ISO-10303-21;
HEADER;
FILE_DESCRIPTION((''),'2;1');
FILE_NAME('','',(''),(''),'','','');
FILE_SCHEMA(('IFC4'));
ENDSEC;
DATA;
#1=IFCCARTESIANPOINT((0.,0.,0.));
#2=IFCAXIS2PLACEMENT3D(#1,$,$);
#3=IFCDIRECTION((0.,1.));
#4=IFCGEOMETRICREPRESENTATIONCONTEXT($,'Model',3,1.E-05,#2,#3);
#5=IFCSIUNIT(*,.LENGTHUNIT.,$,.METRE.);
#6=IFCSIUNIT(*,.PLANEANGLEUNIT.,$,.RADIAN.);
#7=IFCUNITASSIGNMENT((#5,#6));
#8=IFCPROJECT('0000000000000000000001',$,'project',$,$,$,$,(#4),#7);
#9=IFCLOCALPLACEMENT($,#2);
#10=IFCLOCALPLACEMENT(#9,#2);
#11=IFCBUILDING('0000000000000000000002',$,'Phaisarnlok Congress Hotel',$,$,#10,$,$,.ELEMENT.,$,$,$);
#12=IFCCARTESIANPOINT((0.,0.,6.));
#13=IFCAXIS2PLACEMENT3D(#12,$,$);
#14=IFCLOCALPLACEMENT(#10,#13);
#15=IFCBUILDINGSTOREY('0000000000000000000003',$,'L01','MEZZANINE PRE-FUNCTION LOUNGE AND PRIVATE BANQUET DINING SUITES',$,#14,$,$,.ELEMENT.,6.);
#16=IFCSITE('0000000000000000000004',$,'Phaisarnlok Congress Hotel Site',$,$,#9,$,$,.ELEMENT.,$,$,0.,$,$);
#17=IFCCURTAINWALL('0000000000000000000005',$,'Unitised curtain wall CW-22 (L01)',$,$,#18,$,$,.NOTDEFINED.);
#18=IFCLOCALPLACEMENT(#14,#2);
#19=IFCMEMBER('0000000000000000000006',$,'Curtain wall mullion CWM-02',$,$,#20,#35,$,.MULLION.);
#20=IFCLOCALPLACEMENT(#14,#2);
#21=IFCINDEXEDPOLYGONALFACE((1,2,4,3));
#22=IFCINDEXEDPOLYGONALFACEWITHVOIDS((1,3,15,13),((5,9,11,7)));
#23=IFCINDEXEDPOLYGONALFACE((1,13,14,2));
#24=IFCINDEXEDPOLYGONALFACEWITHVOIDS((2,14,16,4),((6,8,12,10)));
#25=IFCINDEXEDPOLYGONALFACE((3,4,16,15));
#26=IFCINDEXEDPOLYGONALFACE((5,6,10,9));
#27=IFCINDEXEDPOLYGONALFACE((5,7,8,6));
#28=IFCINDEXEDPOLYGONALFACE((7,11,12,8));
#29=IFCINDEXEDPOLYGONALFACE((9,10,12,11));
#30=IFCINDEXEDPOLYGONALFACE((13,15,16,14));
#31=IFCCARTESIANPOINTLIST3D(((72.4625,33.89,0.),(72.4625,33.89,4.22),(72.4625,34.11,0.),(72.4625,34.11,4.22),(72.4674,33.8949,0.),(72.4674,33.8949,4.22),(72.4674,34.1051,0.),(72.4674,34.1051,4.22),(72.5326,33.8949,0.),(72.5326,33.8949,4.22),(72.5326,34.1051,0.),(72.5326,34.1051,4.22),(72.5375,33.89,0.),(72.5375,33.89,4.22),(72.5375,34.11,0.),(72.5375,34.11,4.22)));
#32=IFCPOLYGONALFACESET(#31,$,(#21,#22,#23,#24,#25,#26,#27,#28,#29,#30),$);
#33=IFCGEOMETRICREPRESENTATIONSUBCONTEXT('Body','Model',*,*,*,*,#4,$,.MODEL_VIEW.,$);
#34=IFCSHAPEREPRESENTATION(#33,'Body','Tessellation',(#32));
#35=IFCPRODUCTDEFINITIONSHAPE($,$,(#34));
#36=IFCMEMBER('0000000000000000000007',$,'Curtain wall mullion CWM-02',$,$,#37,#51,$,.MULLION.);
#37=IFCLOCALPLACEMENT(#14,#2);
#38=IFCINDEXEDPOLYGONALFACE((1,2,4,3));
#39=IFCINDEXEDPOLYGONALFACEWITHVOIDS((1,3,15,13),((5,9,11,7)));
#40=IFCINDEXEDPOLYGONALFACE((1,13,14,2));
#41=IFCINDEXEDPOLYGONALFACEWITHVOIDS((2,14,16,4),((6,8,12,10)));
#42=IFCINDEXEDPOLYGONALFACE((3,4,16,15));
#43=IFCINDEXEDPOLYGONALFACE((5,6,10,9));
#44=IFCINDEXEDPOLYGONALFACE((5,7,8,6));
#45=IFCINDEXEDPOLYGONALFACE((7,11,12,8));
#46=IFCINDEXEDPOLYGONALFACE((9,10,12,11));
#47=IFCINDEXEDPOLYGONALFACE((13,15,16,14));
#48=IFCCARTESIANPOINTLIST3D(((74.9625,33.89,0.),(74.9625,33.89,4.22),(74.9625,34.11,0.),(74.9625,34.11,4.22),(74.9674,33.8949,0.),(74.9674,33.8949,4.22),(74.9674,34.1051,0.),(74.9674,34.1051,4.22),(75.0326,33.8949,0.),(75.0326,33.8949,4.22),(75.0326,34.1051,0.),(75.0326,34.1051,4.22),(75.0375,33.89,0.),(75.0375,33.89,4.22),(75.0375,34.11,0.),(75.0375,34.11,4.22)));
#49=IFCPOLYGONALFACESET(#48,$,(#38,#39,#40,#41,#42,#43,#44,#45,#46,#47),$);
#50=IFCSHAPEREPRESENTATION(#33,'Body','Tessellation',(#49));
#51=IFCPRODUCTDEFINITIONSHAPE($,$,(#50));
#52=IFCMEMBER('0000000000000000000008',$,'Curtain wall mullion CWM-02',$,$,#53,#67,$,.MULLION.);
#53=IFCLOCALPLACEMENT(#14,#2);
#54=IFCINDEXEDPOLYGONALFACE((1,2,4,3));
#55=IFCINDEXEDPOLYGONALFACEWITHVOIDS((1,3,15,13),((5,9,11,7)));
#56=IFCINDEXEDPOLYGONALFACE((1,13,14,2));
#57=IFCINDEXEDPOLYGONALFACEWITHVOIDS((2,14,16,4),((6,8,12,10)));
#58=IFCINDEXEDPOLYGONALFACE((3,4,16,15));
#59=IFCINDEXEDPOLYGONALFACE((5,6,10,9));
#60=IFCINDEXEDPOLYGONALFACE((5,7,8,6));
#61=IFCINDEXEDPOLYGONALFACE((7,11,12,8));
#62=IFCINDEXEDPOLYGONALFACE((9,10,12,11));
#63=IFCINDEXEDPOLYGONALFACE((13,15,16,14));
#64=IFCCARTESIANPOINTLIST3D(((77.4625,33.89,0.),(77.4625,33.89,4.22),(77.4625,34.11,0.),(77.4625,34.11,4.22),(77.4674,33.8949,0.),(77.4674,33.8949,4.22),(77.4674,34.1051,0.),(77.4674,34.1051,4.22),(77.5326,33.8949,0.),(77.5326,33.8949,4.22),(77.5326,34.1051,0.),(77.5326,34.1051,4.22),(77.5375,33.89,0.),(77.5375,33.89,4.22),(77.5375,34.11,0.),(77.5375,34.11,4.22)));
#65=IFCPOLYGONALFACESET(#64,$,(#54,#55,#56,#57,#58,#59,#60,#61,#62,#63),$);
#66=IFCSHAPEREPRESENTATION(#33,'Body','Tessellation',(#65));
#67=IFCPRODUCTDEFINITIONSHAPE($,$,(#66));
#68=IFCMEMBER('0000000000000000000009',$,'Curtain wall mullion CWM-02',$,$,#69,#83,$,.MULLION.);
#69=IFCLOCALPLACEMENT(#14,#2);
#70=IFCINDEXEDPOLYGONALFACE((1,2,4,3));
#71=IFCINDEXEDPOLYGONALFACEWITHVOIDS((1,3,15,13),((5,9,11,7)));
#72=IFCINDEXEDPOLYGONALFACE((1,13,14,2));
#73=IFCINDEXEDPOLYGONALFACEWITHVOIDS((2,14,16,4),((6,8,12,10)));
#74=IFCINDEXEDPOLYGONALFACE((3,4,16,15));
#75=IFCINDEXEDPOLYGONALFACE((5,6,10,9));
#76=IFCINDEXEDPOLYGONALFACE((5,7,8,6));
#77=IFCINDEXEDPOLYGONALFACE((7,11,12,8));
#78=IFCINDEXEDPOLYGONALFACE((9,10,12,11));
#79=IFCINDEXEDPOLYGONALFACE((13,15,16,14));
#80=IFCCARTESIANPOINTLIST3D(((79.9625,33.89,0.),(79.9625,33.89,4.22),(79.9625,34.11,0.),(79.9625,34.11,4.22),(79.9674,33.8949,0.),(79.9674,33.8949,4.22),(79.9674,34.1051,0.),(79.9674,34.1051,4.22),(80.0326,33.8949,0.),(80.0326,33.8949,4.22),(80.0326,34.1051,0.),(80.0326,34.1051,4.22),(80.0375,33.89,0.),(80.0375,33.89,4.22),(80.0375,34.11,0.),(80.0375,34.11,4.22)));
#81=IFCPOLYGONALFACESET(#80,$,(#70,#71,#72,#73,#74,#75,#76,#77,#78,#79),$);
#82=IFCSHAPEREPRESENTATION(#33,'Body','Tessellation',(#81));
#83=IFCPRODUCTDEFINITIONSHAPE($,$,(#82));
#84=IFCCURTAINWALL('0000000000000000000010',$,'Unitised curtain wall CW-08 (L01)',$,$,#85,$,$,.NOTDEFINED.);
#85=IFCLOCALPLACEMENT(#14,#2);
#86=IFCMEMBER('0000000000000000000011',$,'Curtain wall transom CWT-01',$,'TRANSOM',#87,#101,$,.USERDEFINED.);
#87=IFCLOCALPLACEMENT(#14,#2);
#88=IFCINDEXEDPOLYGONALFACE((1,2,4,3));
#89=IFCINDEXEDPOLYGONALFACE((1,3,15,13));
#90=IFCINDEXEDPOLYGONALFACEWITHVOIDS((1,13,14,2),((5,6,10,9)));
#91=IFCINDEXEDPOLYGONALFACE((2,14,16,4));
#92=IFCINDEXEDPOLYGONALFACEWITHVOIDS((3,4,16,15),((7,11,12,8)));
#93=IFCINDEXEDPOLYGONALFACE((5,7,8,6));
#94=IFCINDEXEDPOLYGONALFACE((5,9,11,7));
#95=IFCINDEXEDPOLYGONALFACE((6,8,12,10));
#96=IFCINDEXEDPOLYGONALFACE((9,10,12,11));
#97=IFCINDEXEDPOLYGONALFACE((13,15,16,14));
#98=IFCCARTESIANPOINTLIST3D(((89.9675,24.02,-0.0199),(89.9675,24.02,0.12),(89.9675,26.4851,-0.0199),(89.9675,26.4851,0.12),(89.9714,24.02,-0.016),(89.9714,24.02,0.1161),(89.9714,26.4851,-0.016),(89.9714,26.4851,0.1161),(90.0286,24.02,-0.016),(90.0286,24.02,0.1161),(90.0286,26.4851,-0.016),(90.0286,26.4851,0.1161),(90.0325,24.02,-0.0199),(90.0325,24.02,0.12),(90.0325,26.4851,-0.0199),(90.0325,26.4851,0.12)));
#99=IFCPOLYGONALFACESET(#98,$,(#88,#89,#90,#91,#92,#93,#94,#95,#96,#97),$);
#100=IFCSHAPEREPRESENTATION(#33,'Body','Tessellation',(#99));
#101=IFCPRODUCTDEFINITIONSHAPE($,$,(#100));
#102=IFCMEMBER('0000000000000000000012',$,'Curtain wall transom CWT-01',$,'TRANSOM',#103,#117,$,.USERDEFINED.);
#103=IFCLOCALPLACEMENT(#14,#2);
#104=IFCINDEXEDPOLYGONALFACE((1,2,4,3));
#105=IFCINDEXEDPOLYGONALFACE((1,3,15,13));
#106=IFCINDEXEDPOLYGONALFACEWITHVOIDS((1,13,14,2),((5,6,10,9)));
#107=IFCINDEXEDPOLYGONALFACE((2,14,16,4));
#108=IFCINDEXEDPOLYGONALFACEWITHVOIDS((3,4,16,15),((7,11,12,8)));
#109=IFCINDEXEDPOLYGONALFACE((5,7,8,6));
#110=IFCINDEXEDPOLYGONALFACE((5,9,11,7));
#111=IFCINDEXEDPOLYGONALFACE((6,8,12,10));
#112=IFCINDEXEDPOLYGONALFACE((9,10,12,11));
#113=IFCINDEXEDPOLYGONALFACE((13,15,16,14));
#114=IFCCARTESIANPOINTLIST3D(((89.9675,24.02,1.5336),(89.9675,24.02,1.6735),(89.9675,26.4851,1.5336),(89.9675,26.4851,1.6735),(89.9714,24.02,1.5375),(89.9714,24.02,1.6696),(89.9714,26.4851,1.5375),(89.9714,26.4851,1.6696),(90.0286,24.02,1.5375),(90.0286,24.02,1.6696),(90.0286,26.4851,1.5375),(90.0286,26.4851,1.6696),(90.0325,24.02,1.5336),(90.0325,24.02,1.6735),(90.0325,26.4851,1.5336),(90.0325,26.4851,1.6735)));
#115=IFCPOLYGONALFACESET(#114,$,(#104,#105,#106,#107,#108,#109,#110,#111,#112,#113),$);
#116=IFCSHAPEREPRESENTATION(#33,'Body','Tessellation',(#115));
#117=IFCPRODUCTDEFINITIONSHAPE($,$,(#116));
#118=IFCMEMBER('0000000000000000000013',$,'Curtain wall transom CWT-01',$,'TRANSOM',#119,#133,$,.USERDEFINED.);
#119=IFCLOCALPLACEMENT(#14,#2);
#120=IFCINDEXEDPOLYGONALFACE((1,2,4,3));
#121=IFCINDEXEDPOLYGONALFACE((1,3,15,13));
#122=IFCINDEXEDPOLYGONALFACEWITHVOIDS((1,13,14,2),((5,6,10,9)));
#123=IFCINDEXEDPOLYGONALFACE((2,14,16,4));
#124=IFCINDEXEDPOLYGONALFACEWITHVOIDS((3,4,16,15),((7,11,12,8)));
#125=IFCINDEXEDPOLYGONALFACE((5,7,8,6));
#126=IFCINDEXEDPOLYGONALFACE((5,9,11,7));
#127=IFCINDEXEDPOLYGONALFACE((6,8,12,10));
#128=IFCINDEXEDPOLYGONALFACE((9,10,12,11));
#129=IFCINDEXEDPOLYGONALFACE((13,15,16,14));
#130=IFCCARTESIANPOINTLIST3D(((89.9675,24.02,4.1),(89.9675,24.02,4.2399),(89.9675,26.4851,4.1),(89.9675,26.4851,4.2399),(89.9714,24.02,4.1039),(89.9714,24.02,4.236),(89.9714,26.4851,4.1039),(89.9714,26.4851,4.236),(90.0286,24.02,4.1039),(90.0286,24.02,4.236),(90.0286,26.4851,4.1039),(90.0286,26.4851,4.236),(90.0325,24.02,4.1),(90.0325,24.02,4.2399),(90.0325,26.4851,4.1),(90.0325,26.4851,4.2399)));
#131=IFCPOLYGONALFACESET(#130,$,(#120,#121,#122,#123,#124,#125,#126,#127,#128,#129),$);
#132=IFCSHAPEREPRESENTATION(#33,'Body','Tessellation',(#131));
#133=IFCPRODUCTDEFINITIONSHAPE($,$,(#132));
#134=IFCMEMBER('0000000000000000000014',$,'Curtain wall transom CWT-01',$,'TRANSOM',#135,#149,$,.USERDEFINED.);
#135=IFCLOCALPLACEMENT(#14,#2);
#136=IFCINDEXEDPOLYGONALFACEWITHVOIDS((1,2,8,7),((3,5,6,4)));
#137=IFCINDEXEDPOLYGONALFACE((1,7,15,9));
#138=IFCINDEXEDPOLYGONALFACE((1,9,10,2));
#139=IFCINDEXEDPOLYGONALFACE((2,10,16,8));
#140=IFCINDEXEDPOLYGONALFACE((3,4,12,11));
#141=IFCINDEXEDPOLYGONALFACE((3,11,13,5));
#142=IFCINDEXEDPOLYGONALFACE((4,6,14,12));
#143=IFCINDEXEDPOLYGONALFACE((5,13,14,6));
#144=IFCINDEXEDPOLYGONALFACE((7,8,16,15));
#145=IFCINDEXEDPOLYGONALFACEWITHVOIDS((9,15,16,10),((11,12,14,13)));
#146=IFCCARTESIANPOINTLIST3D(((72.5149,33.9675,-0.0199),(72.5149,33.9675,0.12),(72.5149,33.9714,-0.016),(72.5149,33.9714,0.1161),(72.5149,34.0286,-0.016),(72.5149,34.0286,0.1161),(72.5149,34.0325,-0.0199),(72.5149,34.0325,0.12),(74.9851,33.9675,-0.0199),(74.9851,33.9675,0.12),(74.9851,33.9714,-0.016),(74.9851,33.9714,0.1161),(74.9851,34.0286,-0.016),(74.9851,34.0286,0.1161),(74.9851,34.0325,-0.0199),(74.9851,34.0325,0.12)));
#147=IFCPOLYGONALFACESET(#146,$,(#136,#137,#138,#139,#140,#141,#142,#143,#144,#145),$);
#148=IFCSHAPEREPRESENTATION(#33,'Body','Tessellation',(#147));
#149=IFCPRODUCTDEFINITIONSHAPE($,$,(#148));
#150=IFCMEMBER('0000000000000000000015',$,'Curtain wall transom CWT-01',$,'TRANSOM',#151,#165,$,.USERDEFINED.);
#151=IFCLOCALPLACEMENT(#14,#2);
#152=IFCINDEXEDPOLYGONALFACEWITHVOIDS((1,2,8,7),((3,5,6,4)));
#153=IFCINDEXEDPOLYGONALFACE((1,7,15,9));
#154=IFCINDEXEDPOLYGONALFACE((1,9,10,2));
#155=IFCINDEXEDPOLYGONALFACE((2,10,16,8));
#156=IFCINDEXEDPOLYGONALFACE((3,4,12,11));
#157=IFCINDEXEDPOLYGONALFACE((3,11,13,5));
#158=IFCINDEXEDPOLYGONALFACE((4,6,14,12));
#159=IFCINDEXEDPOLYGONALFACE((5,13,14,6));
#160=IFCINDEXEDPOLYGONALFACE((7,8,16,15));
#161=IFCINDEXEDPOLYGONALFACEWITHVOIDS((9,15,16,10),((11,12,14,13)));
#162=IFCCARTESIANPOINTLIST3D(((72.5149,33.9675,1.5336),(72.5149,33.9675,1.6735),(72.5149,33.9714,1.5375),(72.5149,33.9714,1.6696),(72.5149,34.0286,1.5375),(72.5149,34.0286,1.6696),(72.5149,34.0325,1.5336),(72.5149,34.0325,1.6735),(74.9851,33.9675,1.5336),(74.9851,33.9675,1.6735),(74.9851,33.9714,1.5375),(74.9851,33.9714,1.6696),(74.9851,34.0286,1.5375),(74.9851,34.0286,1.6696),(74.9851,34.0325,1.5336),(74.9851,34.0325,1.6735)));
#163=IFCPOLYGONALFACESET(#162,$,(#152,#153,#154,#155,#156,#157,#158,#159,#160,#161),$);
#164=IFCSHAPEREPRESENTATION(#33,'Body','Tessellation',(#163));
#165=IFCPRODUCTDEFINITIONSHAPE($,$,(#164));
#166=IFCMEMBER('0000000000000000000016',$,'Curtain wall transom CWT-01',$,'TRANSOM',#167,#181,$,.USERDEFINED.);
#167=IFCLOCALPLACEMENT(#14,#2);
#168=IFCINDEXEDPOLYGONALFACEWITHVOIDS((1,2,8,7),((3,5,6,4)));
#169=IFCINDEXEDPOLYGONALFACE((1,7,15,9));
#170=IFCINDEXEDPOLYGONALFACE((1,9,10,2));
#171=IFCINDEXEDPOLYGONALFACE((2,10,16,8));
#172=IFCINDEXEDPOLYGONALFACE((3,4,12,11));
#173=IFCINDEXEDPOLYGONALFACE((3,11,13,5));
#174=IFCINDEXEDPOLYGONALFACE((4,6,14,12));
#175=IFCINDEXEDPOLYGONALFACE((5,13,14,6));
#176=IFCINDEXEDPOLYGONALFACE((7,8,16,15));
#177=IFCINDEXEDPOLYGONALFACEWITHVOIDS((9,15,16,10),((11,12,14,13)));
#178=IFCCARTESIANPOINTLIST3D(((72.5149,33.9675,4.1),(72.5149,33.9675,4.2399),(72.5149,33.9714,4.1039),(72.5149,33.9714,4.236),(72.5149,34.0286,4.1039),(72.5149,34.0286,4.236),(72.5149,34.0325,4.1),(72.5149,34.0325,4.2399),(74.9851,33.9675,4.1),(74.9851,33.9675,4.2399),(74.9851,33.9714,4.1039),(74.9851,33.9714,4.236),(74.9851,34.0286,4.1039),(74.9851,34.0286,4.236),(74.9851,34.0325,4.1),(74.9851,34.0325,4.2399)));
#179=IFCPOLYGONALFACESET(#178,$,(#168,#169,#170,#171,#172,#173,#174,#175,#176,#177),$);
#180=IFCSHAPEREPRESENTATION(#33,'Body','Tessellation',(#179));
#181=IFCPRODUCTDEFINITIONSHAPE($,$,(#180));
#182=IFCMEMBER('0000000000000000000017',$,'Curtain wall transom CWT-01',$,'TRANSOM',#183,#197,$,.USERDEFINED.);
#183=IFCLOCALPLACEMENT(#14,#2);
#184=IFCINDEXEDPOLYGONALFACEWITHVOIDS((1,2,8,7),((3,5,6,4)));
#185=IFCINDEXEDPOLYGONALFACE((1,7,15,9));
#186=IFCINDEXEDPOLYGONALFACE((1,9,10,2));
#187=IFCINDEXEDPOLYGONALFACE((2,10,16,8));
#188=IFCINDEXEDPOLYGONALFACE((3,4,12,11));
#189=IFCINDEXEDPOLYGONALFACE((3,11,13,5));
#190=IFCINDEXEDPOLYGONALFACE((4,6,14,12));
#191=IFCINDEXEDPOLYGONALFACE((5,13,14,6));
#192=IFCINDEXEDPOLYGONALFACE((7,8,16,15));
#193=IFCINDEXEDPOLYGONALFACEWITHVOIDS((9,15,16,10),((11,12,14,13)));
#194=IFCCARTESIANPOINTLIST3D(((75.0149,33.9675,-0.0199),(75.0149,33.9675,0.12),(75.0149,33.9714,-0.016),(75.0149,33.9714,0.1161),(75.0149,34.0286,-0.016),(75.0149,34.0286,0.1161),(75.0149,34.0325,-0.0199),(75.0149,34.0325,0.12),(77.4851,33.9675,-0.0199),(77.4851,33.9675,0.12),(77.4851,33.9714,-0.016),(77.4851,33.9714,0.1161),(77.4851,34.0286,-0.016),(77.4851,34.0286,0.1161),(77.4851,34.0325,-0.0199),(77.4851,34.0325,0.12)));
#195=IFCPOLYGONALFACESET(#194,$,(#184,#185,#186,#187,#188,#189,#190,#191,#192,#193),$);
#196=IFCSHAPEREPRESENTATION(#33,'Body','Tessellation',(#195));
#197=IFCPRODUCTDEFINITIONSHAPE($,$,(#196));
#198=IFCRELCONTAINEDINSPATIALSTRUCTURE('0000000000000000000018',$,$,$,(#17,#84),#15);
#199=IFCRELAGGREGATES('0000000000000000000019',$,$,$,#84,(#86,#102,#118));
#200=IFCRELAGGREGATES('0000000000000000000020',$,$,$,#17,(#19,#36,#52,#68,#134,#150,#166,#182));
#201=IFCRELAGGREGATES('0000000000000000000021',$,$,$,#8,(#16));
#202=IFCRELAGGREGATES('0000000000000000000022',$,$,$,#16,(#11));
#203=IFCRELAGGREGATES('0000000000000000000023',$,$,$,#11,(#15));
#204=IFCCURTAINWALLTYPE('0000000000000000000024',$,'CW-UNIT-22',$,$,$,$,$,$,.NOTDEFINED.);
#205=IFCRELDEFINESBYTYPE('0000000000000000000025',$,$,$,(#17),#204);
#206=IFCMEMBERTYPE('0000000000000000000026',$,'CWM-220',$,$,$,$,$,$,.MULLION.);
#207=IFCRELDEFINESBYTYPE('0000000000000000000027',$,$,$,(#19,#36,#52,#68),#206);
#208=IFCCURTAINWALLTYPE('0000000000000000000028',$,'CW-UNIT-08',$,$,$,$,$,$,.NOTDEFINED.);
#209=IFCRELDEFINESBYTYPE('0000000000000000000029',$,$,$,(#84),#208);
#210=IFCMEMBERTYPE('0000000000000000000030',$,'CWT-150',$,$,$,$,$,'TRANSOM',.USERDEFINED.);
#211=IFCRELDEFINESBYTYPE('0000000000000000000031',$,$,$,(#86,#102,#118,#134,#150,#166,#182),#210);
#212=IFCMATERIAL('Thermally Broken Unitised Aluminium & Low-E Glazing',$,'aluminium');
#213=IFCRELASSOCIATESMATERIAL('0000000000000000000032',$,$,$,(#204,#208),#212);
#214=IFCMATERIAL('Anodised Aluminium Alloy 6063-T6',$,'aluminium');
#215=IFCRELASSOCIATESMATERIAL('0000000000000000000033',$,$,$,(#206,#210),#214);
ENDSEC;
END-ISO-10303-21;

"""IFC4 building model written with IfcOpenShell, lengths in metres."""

from ifc_helpers import new_model, si_unit, direction, frame, origin, origin_2d, place, context, subcontext, project, spatial, hollow_rectangle, extrude, material, material_profile, profile_set, type_object, element, aggregate, save


model = new_model("IFC4")

# Units and contexts
model_context = context("Model", 3, precision=1e-05, world=origin(), true_north=direction((0.0, 1.0)))
body_context = subcontext(model_context, "Body", "Model", "MODEL_VIEW")
ifc_project = project(units=[si_unit("LENGTHUNIT", "METRE"), si_unit("PLANEANGLEUNIT", "RADIAN")], contexts=[model_context])

# Site, building, storey
site_placement = place(None, origin())
site = spatial("IfcSite", under=ifc_project, at=site_placement, Name="Phaisarnlok Congress Hotel Site", CompositionType="ELEMENT", RefElevation=0.0)
building_placement = place(site_placement, origin())
building = spatial("IfcBuilding", under=site, at=building_placement, Name="Phaisarnlok Congress Hotel", CompositionType="ELEMENT")
storey_placement = place(building_placement, frame((0.0, 0.0, 6.0)))
storey = spatial("IfcBuildingStorey", under=building, at=storey_placement, Name="L01", Description="MEZZANINE PRE-FUNCTION LOUNGE AND PRIVATE BANQUET DINING SUITES", CompositionType="ELEMENT", Elevation=6.0)

# Curtain walls, members
ifc_material_1 = material(Name="Thermally Broken Unitised Aluminium & Low-E Glazing", Category="aluminium")
curtain_wall_type_1 = type_object("IfcCurtainWallType", Name="CW-UNIT-22", PredefinedType="NOTDEFINED", material=ifc_material_1)
curtain_wall_1_placement = place(storey_placement, origin())
curtain_wall_1 = element("IfcCurtainWall", 1, at=curtain_wall_1_placement, inside=storey, type_object=curtain_wall_type_1, Name="Unitised curtain wall CW-22 (L01)", PredefinedType="NOTDEFINED")
ifc_material_2 = material(Name="Anodised Aluminium Alloy 6063-T6", Category="aluminium")
ifc_material_profile_1 = material_profile(ifc_material_2, hollow_rectangle(XDim=0.075, YDim=0.22, WallThickness=0.0049, at=origin_2d()), Name="ALU-M 75x220x5")
ifc_profile_set_1 = profile_set([ifc_material_profile_1], Name="Anodised Aluminium Alloy 6063-T6")
member_type_1 = type_object("IfcMemberType", Name="CWM-220", PredefinedType="MULLION", material=ifc_profile_set_1)
member_1_placement = place(storey_placement, frame((72.5, 34.0, 0.0), z_axis=(0.0, 0.0, 1.0), x_axis=(1.0, 0.0, 0.0)))
member_1 = element("IfcMember", 2, at=member_1_placement, type_object=member_type_1, Name="Curtain wall mullion CWM-02", PredefinedType="MULLION", context=body_context, shape_type="SweptSolid", body=[
    extrude(hollow_rectangle(XDim=0.075, YDim=0.22, WallThickness=0.0049, at=origin_2d()), origin(), (0.0, 0.0, 1.0), 4.22),
])
member_2_placement = place(storey_placement, frame((75.0, 34.0, 0.0), z_axis=(0.0, 0.0, 1.0), x_axis=(1.0, 0.0, 0.0)))
member_2 = element("IfcMember", 3, at=member_2_placement, type_object=member_type_1, Name="Curtain wall mullion CWM-02", PredefinedType="MULLION", context=body_context, shape_type="SweptSolid", body=[
    extrude(hollow_rectangle(XDim=0.075, YDim=0.22, WallThickness=0.0049, at=origin_2d()), origin(), (0.0, 0.0, 1.0), 4.22),
])
member_3_placement = place(storey_placement, frame((77.5, 34.0, 0.0), z_axis=(0.0, 0.0, 1.0), x_axis=(1.0, 0.0, 0.0)))
member_3 = element("IfcMember", 4, at=member_3_placement, type_object=member_type_1, Name="Curtain wall mullion CWM-02", PredefinedType="MULLION", context=body_context, shape_type="SweptSolid", body=[
    extrude(hollow_rectangle(XDim=0.075, YDim=0.22, WallThickness=0.0049, at=origin_2d()), origin(), (0.0, 0.0, 1.0), 4.22),
])
member_4_placement = place(storey_placement, frame((80.0, 34.0, 0.0), z_axis=(0.0, 0.0, 1.0), x_axis=(1.0, 0.0, 0.0)))
member_4 = element("IfcMember", 5, at=member_4_placement, type_object=member_type_1, Name="Curtain wall mullion CWM-02", PredefinedType="MULLION", context=body_context, shape_type="SweptSolid", body=[
    extrude(hollow_rectangle(XDim=0.075, YDim=0.22, WallThickness=0.0049, at=origin_2d()), origin(), (0.0, 0.0, 1.0), 4.22),
])
curtain_wall_type_2 = type_object("IfcCurtainWallType", Name="CW-UNIT-08", PredefinedType="NOTDEFINED", material=ifc_material_1)
curtain_wall_2_placement = place(storey_placement, origin())
curtain_wall_2 = element("IfcCurtainWall", 6, at=curtain_wall_2_placement, inside=storey, type_object=curtain_wall_type_2, Name="Unitised curtain wall CW-08 (L01)", PredefinedType="NOTDEFINED")
ifc_material_profile_2 = material_profile(ifc_material_2, hollow_rectangle(XDim=0.0649, YDim=0.1399, WallThickness=0.0039, at=origin_2d()), Name="ALU-T 65x140x4")
ifc_profile_set_2 = profile_set([ifc_material_profile_2], Name="Anodised Aluminium Alloy 6063-T6")
member_type_2 = type_object("IfcMemberType", Name="CWT-150", ElementType="TRANSOM", PredefinedType="USERDEFINED", material=ifc_profile_set_2)
member_5_placement = place(storey_placement, frame((90.0, 26.4851, 0.05), z_axis=(0.0, -1.0, 0.0), x_axis=(1.0, 0.0, 0.0)))
member_5 = element("IfcMember", 7, at=member_5_placement, type_object=member_type_2, Name="Curtain wall transom CWT-01", ObjectType="TRANSOM", PredefinedType="USERDEFINED", context=body_context, shape_type="SweptSolid", body=[
    extrude(hollow_rectangle(XDim=0.0649, YDim=0.1399, WallThickness=0.0039, at=origin_2d()), origin(), (0.0, 0.0, 1.0), 2.4651),
])
member_6_placement = place(storey_placement, frame((90.0, 26.4851, 1.6035), z_axis=(0.0, -1.0, 0.0), x_axis=(1.0, 0.0, 0.0)))
member_6 = element("IfcMember", 8, at=member_6_placement, type_object=member_type_2, Name="Curtain wall transom CWT-01", ObjectType="TRANSOM", PredefinedType="USERDEFINED", context=body_context, shape_type="SweptSolid", body=[
    extrude(hollow_rectangle(XDim=0.0649, YDim=0.1399, WallThickness=0.0039, at=origin_2d()), origin(), (0.0, 0.0, 1.0), 2.4651),
])
member_7_placement = place(storey_placement, frame((90.0, 26.4851, 4.1699), z_axis=(0.0, -1.0, 0.0), x_axis=(1.0, 0.0, 0.0)))
member_7 = element("IfcMember", 9, at=member_7_placement, type_object=member_type_2, Name="Curtain wall transom CWT-01", ObjectType="TRANSOM", PredefinedType="USERDEFINED", context=body_context, shape_type="SweptSolid", body=[
    extrude(hollow_rectangle(XDim=0.0649, YDim=0.1399, WallThickness=0.0039, at=origin_2d()), origin(), (0.0, 0.0, 1.0), 2.4651),
])

# Members
member_8_placement = place(storey_placement, frame((72.5149, 34.0, 0.05), z_axis=(1.0, 0.0, 0.0), x_axis=(0.0, 1.0, 0.0)))
member_8 = element("IfcMember", 10, at=member_8_placement, type_object=member_type_2, Name="Curtain wall transom CWT-01", ObjectType="TRANSOM", PredefinedType="USERDEFINED", context=body_context, shape_type="SweptSolid", body=[
    extrude(hollow_rectangle(XDim=0.0649, YDim=0.1399, WallThickness=0.0039, at=origin_2d()), origin(), (0.0, 0.0, 1.0), 2.4702),
])
member_9_placement = place(storey_placement, frame((72.5149, 34.0, 1.6035), z_axis=(1.0, 0.0, 0.0), x_axis=(0.0, 1.0, 0.0)))
member_9 = element("IfcMember", 11, at=member_9_placement, type_object=member_type_2, Name="Curtain wall transom CWT-01", ObjectType="TRANSOM", PredefinedType="USERDEFINED", context=body_context, shape_type="SweptSolid", body=[
    extrude(hollow_rectangle(XDim=0.0649, YDim=0.1399, WallThickness=0.0039, at=origin_2d()), origin(), (0.0, 0.0, 1.0), 2.4702),
])
member_10_placement = place(storey_placement, frame((72.5149, 34.0, 4.1699), z_axis=(1.0, 0.0, 0.0), x_axis=(0.0, 1.0, 0.0)))
member_10 = element("IfcMember", 12, at=member_10_placement, type_object=member_type_2, Name="Curtain wall transom CWT-01", ObjectType="TRANSOM", PredefinedType="USERDEFINED", context=body_context, shape_type="SweptSolid", body=[
    extrude(hollow_rectangle(XDim=0.0649, YDim=0.1399, WallThickness=0.0039, at=origin_2d()), origin(), (0.0, 0.0, 1.0), 2.4702),
])
member_11_placement = place(storey_placement, frame((75.0149, 34.0, 0.05), z_axis=(1.0, 0.0, 0.0), x_axis=(0.0, 1.0, 0.0)))
member_11 = element("IfcMember", 13, at=member_11_placement, type_object=member_type_2, Name="Curtain wall transom CWT-01", ObjectType="TRANSOM", PredefinedType="USERDEFINED", context=body_context, shape_type="SweptSolid", body=[
    extrude(hollow_rectangle(XDim=0.0649, YDim=0.1399, WallThickness=0.0039, at=origin_2d()), origin(), (0.0, 0.0, 1.0), 2.4702),
])

aggregate(curtain_wall_2, [member_5, member_6, member_7])
aggregate(curtain_wall_1, [member_1, member_2, member_3, member_4, member_8, member_9, member_10, member_11])

save(model, "model.ifc")
